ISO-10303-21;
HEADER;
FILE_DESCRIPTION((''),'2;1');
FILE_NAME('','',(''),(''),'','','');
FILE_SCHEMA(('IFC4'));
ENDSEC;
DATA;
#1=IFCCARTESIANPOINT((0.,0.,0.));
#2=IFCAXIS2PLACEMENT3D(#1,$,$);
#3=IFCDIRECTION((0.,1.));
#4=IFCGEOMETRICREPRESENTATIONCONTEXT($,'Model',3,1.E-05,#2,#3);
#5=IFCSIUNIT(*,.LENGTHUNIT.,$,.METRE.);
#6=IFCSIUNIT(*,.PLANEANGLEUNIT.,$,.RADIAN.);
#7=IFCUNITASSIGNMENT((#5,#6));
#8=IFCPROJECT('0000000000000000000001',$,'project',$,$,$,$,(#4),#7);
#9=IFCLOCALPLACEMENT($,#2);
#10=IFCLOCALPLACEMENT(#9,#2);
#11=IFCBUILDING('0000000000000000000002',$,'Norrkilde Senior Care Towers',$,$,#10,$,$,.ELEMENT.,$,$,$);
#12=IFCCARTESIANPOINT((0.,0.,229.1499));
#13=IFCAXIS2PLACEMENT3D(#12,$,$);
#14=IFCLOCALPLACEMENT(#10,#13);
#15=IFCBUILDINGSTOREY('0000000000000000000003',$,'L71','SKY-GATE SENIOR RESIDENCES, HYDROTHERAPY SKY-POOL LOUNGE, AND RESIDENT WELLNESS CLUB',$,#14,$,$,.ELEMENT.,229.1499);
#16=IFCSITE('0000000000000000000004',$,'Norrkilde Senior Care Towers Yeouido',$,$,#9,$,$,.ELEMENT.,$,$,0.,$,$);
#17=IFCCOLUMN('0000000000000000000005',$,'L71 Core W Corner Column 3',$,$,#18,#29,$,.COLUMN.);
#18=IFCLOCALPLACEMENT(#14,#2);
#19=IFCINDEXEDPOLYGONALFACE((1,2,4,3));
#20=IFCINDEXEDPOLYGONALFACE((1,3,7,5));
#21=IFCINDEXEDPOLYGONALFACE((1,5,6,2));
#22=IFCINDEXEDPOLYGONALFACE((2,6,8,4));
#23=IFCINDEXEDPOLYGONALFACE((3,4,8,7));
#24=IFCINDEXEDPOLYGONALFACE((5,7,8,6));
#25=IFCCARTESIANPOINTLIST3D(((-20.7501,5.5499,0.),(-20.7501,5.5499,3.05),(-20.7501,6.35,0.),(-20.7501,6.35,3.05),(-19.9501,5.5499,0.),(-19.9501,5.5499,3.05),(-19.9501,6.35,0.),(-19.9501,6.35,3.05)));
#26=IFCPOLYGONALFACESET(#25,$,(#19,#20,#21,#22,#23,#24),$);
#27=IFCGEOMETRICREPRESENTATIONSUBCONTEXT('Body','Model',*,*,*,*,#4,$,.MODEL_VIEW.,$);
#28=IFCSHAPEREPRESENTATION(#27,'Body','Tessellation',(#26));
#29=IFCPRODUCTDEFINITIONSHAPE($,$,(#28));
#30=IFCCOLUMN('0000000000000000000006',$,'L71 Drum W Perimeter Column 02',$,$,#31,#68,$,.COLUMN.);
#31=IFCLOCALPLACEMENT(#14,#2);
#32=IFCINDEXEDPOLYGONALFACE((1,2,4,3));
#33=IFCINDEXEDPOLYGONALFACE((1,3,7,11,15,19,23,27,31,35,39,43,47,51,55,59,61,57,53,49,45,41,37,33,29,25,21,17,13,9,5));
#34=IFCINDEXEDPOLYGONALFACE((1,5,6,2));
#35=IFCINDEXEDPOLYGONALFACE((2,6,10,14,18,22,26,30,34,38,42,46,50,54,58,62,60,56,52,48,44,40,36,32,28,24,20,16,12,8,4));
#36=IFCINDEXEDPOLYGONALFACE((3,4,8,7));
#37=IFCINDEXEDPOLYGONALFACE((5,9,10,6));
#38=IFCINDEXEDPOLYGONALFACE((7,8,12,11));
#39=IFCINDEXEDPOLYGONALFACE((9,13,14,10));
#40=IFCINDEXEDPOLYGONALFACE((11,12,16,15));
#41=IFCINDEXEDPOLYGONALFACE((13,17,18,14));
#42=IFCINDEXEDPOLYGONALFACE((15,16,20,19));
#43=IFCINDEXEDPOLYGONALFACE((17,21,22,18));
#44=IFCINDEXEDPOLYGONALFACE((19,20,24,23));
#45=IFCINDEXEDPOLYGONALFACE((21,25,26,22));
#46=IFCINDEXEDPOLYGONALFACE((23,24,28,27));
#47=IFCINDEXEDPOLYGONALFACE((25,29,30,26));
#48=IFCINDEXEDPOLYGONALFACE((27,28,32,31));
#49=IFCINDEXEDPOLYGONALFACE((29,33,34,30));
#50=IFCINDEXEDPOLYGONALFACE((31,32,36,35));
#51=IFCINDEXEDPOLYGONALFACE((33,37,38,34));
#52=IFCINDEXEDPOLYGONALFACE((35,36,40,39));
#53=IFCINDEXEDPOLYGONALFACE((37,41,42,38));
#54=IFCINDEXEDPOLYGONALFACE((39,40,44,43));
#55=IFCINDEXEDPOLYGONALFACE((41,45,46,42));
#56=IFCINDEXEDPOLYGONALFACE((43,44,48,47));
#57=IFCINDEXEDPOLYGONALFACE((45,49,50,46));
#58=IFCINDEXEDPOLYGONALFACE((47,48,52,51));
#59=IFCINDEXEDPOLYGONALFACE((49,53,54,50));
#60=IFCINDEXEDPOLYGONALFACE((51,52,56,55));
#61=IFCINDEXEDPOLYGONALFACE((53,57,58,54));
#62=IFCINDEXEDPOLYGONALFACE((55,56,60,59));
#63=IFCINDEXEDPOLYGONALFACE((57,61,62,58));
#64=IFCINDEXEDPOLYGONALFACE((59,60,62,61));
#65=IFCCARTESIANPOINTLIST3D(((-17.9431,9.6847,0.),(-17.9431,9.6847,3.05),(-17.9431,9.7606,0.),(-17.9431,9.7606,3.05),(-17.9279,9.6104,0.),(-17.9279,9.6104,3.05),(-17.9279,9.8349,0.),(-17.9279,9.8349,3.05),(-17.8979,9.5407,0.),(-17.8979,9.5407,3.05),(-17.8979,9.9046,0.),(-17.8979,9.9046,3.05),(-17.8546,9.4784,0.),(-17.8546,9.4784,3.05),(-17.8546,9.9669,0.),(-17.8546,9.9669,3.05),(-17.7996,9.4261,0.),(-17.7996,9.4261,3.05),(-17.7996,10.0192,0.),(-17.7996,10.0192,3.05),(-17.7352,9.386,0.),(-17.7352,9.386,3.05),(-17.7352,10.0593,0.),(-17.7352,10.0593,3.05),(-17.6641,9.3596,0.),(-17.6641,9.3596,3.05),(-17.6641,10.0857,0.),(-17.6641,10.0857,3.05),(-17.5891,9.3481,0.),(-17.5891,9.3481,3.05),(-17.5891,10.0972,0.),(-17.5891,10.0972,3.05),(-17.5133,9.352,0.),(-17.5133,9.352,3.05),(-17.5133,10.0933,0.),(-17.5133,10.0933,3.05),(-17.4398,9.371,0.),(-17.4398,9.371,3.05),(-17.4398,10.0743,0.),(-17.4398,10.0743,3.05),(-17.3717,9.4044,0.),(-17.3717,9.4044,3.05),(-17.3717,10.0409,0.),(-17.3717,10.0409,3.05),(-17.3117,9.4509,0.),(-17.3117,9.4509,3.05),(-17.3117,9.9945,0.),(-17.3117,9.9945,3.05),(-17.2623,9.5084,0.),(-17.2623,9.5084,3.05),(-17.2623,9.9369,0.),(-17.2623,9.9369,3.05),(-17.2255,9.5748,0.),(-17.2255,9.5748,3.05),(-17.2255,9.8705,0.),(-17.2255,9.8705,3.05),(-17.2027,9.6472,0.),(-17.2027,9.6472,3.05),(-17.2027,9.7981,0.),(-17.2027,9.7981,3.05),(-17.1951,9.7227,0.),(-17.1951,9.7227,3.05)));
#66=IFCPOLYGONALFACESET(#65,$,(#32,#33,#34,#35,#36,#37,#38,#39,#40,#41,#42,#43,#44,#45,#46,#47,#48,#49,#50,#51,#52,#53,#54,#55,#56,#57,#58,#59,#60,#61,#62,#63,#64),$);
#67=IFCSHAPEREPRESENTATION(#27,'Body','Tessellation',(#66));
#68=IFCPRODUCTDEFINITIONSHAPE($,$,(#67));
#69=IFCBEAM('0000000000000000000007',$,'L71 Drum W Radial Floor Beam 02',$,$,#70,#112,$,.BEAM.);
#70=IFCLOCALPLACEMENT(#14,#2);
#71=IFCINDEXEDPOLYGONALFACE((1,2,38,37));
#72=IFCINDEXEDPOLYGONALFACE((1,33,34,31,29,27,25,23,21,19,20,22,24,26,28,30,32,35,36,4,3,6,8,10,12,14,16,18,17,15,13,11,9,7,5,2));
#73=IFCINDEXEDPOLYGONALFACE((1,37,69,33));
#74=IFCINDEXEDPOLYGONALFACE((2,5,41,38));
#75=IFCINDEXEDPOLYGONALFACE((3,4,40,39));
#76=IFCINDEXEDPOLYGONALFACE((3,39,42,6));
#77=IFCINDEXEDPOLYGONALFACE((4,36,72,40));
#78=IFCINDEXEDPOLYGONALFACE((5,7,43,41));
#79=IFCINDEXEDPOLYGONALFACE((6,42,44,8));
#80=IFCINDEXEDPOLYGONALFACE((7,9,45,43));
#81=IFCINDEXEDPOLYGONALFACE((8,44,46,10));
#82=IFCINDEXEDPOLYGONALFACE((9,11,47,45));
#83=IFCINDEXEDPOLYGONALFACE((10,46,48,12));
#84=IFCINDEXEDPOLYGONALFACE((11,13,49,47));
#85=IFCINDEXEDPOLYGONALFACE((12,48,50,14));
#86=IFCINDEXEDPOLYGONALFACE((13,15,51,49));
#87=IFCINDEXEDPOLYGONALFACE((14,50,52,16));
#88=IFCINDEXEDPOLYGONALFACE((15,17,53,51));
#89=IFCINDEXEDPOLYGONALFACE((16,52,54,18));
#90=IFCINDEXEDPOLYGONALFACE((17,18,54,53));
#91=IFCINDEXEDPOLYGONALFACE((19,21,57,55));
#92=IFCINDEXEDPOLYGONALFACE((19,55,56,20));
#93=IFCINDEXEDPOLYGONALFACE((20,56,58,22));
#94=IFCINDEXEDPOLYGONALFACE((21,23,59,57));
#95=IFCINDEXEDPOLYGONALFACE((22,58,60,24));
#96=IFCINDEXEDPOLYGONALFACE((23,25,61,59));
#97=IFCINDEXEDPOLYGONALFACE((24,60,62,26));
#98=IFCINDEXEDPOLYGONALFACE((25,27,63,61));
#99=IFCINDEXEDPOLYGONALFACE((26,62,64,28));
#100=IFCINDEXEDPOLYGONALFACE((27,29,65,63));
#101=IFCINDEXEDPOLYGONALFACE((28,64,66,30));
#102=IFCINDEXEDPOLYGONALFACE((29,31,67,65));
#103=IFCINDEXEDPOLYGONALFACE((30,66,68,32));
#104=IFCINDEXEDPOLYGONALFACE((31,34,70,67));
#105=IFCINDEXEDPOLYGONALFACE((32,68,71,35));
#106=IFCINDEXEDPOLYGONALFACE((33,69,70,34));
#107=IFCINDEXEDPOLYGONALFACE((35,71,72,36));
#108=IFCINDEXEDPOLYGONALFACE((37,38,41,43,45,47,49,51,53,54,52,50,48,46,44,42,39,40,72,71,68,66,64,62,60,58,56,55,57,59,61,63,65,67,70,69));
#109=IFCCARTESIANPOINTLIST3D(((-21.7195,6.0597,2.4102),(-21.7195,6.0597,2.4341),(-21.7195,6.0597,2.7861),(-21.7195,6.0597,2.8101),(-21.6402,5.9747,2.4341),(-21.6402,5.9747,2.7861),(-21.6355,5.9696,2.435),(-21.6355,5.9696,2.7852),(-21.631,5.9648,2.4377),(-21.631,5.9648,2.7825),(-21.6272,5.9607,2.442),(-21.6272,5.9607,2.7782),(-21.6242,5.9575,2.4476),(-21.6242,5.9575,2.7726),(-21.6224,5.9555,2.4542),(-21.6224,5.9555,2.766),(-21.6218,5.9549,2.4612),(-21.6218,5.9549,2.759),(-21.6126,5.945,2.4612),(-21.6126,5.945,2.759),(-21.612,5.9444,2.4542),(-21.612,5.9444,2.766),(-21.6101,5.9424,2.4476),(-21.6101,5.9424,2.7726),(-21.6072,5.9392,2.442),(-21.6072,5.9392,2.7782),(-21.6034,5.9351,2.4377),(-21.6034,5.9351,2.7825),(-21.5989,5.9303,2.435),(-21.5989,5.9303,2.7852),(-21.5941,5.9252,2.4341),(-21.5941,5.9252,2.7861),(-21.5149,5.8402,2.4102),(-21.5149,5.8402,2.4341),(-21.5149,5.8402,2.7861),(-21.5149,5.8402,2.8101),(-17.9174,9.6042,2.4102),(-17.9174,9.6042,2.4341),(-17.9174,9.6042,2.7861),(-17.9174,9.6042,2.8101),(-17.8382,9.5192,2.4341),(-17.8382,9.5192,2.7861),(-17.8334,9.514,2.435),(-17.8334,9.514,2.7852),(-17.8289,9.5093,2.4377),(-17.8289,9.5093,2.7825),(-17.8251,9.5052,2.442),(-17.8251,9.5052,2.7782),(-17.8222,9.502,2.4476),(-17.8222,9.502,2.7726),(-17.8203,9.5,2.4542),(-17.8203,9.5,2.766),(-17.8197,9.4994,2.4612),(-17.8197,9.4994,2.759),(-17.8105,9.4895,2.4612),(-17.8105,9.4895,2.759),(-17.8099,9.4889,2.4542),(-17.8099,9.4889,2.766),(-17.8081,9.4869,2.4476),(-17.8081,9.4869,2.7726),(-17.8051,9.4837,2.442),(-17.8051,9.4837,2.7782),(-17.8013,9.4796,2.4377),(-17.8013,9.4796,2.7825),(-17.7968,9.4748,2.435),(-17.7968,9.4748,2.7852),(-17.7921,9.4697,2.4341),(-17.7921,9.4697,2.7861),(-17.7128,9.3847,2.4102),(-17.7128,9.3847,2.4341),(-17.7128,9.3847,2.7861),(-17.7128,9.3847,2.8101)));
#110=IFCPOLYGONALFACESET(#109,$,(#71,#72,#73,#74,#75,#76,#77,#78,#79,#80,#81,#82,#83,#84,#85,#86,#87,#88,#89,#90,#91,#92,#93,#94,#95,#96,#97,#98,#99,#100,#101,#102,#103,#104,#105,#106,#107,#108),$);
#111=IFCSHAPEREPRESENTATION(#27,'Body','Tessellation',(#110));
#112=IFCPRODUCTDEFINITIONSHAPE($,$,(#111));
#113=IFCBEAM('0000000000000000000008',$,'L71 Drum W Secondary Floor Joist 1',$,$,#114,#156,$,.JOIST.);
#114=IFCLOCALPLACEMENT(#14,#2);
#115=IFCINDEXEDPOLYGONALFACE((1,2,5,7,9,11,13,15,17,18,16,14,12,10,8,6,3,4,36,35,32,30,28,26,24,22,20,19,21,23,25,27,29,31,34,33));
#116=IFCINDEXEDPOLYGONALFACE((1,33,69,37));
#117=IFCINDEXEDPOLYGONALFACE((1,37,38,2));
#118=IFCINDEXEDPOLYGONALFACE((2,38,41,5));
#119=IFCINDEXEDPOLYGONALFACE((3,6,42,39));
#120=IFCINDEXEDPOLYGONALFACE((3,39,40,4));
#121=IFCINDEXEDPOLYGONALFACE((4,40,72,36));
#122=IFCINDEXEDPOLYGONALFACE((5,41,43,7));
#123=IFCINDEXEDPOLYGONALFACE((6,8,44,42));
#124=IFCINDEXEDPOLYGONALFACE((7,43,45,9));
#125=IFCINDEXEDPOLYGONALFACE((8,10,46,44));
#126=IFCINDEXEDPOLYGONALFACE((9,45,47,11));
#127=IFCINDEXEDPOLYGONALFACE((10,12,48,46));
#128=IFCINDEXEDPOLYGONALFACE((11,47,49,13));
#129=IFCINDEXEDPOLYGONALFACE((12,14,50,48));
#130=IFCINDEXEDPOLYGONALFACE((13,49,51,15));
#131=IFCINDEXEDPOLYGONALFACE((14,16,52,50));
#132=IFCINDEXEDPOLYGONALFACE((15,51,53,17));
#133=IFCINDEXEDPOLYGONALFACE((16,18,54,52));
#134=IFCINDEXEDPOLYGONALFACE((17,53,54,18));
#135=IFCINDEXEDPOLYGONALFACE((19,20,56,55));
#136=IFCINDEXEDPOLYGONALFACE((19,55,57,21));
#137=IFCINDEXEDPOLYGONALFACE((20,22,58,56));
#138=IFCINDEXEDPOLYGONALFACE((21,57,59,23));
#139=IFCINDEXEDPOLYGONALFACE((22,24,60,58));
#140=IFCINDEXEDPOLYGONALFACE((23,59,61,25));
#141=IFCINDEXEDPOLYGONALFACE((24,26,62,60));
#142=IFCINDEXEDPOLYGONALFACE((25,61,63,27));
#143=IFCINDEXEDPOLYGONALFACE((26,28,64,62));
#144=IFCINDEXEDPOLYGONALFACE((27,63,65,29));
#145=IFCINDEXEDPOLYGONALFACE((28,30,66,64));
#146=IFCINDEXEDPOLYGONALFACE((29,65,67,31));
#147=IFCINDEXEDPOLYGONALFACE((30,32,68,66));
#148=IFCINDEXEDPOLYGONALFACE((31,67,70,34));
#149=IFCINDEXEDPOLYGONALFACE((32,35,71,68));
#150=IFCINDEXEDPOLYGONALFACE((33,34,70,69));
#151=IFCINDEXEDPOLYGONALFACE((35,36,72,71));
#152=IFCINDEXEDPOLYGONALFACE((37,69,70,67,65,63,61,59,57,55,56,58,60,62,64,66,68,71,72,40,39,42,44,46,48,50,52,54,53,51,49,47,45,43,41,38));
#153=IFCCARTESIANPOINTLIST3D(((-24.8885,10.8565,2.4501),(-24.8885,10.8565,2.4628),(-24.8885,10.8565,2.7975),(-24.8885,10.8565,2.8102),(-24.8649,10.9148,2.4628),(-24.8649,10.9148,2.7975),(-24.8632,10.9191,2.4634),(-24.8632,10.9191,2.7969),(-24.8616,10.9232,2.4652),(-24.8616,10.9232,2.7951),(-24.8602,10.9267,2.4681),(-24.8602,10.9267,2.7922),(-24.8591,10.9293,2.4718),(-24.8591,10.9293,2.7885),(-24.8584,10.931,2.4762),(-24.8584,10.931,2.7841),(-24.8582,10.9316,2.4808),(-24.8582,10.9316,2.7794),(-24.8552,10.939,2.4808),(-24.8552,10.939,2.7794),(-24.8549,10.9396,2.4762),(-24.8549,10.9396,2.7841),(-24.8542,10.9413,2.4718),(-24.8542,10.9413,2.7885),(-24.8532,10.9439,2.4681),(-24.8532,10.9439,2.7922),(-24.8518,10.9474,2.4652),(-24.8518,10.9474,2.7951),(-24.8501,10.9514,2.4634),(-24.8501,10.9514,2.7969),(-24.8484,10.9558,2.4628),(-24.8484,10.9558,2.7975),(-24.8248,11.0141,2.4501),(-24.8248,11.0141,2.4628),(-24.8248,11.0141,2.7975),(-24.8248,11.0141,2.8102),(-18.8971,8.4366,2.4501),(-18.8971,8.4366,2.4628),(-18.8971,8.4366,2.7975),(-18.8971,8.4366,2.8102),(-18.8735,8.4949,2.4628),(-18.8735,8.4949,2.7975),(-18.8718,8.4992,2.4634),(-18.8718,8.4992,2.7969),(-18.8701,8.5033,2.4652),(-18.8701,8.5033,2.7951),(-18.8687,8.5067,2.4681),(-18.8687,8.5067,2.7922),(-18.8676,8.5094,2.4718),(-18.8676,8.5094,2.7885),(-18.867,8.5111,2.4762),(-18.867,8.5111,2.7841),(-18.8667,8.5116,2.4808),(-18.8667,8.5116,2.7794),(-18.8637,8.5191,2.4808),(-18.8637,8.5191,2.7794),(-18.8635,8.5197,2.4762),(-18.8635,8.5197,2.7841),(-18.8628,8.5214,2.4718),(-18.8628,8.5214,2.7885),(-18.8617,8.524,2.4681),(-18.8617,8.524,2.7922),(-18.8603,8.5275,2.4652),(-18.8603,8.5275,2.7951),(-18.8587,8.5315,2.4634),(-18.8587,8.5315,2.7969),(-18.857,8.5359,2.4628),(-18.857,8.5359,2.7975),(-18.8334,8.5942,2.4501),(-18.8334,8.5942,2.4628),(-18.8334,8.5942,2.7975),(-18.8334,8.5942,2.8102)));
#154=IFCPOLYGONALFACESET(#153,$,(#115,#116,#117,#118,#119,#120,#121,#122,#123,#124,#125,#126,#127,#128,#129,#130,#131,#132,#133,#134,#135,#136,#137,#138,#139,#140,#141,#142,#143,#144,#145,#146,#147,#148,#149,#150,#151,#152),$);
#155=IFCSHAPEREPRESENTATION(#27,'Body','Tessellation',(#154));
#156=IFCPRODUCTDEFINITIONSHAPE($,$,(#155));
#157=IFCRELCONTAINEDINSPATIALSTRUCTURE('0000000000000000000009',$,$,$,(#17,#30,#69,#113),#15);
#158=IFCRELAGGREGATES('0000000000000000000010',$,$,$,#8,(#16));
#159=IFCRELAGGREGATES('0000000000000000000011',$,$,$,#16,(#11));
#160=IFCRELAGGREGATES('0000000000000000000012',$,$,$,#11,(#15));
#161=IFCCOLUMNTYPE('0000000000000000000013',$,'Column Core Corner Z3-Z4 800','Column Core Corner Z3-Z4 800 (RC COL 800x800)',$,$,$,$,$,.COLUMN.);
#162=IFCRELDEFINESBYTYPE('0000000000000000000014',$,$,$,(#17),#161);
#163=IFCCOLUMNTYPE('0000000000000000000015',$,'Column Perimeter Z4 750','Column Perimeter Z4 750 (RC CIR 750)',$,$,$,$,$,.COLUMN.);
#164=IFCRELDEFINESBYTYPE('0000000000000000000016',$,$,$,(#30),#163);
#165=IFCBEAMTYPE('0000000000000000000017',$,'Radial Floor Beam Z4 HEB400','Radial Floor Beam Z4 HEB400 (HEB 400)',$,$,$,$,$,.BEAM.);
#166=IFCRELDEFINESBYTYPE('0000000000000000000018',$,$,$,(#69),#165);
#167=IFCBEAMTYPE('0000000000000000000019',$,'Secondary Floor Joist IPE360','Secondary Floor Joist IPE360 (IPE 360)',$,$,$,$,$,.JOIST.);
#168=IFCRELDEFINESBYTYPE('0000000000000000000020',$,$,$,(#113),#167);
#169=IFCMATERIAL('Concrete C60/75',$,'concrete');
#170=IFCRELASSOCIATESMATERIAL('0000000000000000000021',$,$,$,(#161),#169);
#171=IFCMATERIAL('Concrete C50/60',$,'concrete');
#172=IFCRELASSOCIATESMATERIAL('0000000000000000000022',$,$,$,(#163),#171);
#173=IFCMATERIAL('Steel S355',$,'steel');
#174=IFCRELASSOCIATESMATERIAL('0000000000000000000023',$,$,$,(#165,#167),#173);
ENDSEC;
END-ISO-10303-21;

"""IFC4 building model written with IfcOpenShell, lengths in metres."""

from ifc_helpers import new_model, si_unit, direction, frame, origin, origin_2d, place, context, subcontext, project, spatial, rectangle, circle, i_section, extrude, source, transform, mapped, material, material_profile, profile_set, type_object, type_shapes, element, save


model = new_model("IFC4")

# Units and contexts
model_context = context("Model", 3, precision=1e-05, world=origin(), true_north=direction((0.0, 1.0)))
body_context = subcontext(model_context, "Body", "Model", "MODEL_VIEW")
ifc_project = project(units=[si_unit("LENGTHUNIT", "METRE"), si_unit("PLANEANGLEUNIT", "RADIAN")], contexts=[model_context])

# Site, building, storey
site_placement = place(None, origin())
site = spatial("IfcSite", under=ifc_project, at=site_placement, Name="Norrkilde Senior Care Towers Yeouido", CompositionType="ELEMENT", RefElevation=0.0)
building_placement = place(site_placement, origin())
building = spatial("IfcBuilding", under=site, at=building_placement, Name="Norrkilde Senior Care Towers", CompositionType="ELEMENT")
storey_placement = place(building_placement, frame((0.0, 0.0, 229.1499)))
storey = spatial("IfcBuildingStorey", under=building, at=storey_placement, Name="L71", Description="SKY-GATE SENIOR RESIDENCES, HYDROTHERAPY SKY-POOL LOUNGE, AND RESIDENT WELLNESS CLUB", CompositionType="ELEMENT", Elevation=229.1499)

# Columns
ifc_material_1 = material(Name="Concrete C60/75", Category="concrete")
ifc_material_profile_1 = material_profile(ifc_material_1, rectangle(XDim=0.8, YDim=0.8, at=origin_2d()), Name="RC COL 800x800")
ifc_profile_set_1 = profile_set([ifc_material_profile_1], Name="Concrete C60/75")
column_type_1 = type_object("IfcColumnType", Name="Column Core Corner Z3-Z4 800", Description="Column Core Corner Z3-Z4 800 (RC COL 800x800)", PredefinedType="COLUMN", material=ifc_profile_set_1)
shared_shape_1 = source(origin(), body_context, "Body", "SweptSolid", [
    extrude(rectangle(XDim=0.8, YDim=0.8, at=origin_2d()), origin(), (0.0, 0.0, 1.0), 3.05),
])
type_shapes(column_type_1, [shared_shape_1])
column_1_placement = place(storey_placement, frame((-20.3501, 5.95, 0.0), z_axis=(0.0, 0.0, 1.0), x_axis=(1.0, 0.0, 0.0)))
element("IfcColumn", 1, at=column_1_placement, inside=storey, type_object=column_type_1, Name="L71 Core W Corner Column 3", PredefinedType="COLUMN", context=body_context, shape_type="MappedRepresentation", body=[
    mapped(shared_shape_1, transform((0.0, 0.0, 0.0), x_axis=(1.0, 0.0, 0.0), y_axis=(0.0, 1.0, 0.0), z_axis=(0.0, 0.0, 1.0), scale=1.0)),
])
ifc_material_2 = material(Name="Concrete C50/60", Category="concrete")
ifc_material_profile_2 = material_profile(ifc_material_2, circle(Radius=0.375, at=origin_2d()), Name="RC CIR 750")
ifc_profile_set_2 = profile_set([ifc_material_profile_2], Name="Concrete C50/60")
column_type_2 = type_object("IfcColumnType", Name="Column Perimeter Z4 750", Description="Column Perimeter Z4 750 (RC CIR 750)", PredefinedType="COLUMN", material=ifc_profile_set_2)
shared_shape_2 = source(origin(), body_context, "Body", "SweptSolid", [
    extrude(circle(Radius=0.375, at=origin_2d()), origin(), (0.0, 0.0, 1.0), 3.05),
])
type_shapes(column_type_2, [shared_shape_2])
column_2_placement = place(storey_placement, frame((-17.5701, 9.7227, 0.0), z_axis=(0.0, 0.0, 1.0), x_axis=(1.0, 0.0, 0.0)))
element("IfcColumn", 2, at=column_2_placement, inside=storey, type_object=column_type_2, Name="L71 Drum W Perimeter Column 02", PredefinedType="COLUMN", context=body_context, shape_type="MappedRepresentation", body=[
    mapped(shared_shape_2, transform((0.0, 0.0, 0.0), x_axis=(1.0, 0.0, 0.0), y_axis=(0.0, 1.0, 0.0), z_axis=(0.0, 0.0, 1.0), scale=1.0)),
])

# Beams
ifc_material_3 = material(Name="Steel S355", Category="steel")
ifc_material_profile_3 = material_profile(ifc_material_3, i_section(OverallWidth=0.3, OverallDepth=0.3999, WebThickness=0.0134, FlangeThickness=0.0239, FilletRadius=0.0271, at=origin_2d()), Name="HEB 400")
ifc_profile_set_3 = profile_set([ifc_material_profile_3], Name="Steel S355")
beam_type_1 = type_object("IfcBeamType", Name="Radial Floor Beam Z4 HEB400", Description="Radial Floor Beam Z4 HEB400 (HEB 400)", PredefinedType="BEAM", material=ifc_profile_set_3)
shared_shape_3 = source(origin(), body_context, "Body", "SweptSolid", [
    extrude(i_section(OverallWidth=0.3, OverallDepth=0.3999, WebThickness=0.0134, FlangeThickness=0.0239, FilletRadius=0.0271, at=origin_2d()), origin(), (0.0, 0.0, 1.0), 5.198),
])
beam_1_placement = place(storey_placement, frame((-21.6172, 5.95, 2.6101), z_axis=(0.731449, 0.681896, 0.0), x_axis=(-0.681896, 0.731449, 0.0)))
element("IfcBeam", 3, at=beam_1_placement, inside=storey, type_object=beam_type_1, Name="L71 Drum W Radial Floor Beam 02", PredefinedType="BEAM", context=body_context, shape_type="MappedRepresentation", body=[
    mapped(shared_shape_3, transform((0.0, 0.0, 0.0), x_axis=(1.0, 0.0, 0.0), y_axis=(0.0, 1.0, 0.0), z_axis=(0.0, 0.0, 1.0), scale=1.0)),
])
ifc_material_profile_4 = material_profile(ifc_material_3, i_section(OverallWidth=0.1699, OverallDepth=0.3601, WebThickness=0.0081, FlangeThickness=0.0127, FilletRadius=0.0181, at=origin_2d()), Name="IPE 360")
ifc_profile_set_4 = profile_set([ifc_material_profile_4], Name="Steel S355")
beam_type_2 = type_object("IfcBeamType", Name="Secondary Floor Joist IPE360", Description="Secondary Floor Joist IPE360 (IPE 360)", PredefinedType="JOIST", material=ifc_profile_set_4)
shared_shape_4 = source(origin(), body_context, "Body", "SweptSolid", [
    extrude(i_section(OverallWidth=0.1699, OverallDepth=0.3601, WebThickness=0.0081, FlangeThickness=0.0127, FilletRadius=0.0181, at=origin_2d()), origin(), (0.0, 0.0, 1.0), 6.4617),
])
type_shapes(beam_type_2, [shared_shape_4])
beam_2_placement = place(storey_placement, frame((-18.8652, 8.5154, 2.6301), z_axis=(-0.927226, 0.374502, 0.0), x_axis=(-0.374502, -0.927226, 0.0)))
element("IfcBeam", 4, at=beam_2_placement, inside=storey, type_object=beam_type_2, Name="L71 Drum W Secondary Floor Joist 1", PredefinedType="JOIST", context=body_context, shape_type="MappedRepresentation", body=[
    mapped(shared_shape_4, transform((0.0, 0.0, 0.0), x_axis=(1.0, 0.0, 0.0), y_axis=(0.0, 1.0, 0.0), z_axis=(0.0, 0.0, 1.0), scale=1.0)),
])

save(model, "model.ifc")
